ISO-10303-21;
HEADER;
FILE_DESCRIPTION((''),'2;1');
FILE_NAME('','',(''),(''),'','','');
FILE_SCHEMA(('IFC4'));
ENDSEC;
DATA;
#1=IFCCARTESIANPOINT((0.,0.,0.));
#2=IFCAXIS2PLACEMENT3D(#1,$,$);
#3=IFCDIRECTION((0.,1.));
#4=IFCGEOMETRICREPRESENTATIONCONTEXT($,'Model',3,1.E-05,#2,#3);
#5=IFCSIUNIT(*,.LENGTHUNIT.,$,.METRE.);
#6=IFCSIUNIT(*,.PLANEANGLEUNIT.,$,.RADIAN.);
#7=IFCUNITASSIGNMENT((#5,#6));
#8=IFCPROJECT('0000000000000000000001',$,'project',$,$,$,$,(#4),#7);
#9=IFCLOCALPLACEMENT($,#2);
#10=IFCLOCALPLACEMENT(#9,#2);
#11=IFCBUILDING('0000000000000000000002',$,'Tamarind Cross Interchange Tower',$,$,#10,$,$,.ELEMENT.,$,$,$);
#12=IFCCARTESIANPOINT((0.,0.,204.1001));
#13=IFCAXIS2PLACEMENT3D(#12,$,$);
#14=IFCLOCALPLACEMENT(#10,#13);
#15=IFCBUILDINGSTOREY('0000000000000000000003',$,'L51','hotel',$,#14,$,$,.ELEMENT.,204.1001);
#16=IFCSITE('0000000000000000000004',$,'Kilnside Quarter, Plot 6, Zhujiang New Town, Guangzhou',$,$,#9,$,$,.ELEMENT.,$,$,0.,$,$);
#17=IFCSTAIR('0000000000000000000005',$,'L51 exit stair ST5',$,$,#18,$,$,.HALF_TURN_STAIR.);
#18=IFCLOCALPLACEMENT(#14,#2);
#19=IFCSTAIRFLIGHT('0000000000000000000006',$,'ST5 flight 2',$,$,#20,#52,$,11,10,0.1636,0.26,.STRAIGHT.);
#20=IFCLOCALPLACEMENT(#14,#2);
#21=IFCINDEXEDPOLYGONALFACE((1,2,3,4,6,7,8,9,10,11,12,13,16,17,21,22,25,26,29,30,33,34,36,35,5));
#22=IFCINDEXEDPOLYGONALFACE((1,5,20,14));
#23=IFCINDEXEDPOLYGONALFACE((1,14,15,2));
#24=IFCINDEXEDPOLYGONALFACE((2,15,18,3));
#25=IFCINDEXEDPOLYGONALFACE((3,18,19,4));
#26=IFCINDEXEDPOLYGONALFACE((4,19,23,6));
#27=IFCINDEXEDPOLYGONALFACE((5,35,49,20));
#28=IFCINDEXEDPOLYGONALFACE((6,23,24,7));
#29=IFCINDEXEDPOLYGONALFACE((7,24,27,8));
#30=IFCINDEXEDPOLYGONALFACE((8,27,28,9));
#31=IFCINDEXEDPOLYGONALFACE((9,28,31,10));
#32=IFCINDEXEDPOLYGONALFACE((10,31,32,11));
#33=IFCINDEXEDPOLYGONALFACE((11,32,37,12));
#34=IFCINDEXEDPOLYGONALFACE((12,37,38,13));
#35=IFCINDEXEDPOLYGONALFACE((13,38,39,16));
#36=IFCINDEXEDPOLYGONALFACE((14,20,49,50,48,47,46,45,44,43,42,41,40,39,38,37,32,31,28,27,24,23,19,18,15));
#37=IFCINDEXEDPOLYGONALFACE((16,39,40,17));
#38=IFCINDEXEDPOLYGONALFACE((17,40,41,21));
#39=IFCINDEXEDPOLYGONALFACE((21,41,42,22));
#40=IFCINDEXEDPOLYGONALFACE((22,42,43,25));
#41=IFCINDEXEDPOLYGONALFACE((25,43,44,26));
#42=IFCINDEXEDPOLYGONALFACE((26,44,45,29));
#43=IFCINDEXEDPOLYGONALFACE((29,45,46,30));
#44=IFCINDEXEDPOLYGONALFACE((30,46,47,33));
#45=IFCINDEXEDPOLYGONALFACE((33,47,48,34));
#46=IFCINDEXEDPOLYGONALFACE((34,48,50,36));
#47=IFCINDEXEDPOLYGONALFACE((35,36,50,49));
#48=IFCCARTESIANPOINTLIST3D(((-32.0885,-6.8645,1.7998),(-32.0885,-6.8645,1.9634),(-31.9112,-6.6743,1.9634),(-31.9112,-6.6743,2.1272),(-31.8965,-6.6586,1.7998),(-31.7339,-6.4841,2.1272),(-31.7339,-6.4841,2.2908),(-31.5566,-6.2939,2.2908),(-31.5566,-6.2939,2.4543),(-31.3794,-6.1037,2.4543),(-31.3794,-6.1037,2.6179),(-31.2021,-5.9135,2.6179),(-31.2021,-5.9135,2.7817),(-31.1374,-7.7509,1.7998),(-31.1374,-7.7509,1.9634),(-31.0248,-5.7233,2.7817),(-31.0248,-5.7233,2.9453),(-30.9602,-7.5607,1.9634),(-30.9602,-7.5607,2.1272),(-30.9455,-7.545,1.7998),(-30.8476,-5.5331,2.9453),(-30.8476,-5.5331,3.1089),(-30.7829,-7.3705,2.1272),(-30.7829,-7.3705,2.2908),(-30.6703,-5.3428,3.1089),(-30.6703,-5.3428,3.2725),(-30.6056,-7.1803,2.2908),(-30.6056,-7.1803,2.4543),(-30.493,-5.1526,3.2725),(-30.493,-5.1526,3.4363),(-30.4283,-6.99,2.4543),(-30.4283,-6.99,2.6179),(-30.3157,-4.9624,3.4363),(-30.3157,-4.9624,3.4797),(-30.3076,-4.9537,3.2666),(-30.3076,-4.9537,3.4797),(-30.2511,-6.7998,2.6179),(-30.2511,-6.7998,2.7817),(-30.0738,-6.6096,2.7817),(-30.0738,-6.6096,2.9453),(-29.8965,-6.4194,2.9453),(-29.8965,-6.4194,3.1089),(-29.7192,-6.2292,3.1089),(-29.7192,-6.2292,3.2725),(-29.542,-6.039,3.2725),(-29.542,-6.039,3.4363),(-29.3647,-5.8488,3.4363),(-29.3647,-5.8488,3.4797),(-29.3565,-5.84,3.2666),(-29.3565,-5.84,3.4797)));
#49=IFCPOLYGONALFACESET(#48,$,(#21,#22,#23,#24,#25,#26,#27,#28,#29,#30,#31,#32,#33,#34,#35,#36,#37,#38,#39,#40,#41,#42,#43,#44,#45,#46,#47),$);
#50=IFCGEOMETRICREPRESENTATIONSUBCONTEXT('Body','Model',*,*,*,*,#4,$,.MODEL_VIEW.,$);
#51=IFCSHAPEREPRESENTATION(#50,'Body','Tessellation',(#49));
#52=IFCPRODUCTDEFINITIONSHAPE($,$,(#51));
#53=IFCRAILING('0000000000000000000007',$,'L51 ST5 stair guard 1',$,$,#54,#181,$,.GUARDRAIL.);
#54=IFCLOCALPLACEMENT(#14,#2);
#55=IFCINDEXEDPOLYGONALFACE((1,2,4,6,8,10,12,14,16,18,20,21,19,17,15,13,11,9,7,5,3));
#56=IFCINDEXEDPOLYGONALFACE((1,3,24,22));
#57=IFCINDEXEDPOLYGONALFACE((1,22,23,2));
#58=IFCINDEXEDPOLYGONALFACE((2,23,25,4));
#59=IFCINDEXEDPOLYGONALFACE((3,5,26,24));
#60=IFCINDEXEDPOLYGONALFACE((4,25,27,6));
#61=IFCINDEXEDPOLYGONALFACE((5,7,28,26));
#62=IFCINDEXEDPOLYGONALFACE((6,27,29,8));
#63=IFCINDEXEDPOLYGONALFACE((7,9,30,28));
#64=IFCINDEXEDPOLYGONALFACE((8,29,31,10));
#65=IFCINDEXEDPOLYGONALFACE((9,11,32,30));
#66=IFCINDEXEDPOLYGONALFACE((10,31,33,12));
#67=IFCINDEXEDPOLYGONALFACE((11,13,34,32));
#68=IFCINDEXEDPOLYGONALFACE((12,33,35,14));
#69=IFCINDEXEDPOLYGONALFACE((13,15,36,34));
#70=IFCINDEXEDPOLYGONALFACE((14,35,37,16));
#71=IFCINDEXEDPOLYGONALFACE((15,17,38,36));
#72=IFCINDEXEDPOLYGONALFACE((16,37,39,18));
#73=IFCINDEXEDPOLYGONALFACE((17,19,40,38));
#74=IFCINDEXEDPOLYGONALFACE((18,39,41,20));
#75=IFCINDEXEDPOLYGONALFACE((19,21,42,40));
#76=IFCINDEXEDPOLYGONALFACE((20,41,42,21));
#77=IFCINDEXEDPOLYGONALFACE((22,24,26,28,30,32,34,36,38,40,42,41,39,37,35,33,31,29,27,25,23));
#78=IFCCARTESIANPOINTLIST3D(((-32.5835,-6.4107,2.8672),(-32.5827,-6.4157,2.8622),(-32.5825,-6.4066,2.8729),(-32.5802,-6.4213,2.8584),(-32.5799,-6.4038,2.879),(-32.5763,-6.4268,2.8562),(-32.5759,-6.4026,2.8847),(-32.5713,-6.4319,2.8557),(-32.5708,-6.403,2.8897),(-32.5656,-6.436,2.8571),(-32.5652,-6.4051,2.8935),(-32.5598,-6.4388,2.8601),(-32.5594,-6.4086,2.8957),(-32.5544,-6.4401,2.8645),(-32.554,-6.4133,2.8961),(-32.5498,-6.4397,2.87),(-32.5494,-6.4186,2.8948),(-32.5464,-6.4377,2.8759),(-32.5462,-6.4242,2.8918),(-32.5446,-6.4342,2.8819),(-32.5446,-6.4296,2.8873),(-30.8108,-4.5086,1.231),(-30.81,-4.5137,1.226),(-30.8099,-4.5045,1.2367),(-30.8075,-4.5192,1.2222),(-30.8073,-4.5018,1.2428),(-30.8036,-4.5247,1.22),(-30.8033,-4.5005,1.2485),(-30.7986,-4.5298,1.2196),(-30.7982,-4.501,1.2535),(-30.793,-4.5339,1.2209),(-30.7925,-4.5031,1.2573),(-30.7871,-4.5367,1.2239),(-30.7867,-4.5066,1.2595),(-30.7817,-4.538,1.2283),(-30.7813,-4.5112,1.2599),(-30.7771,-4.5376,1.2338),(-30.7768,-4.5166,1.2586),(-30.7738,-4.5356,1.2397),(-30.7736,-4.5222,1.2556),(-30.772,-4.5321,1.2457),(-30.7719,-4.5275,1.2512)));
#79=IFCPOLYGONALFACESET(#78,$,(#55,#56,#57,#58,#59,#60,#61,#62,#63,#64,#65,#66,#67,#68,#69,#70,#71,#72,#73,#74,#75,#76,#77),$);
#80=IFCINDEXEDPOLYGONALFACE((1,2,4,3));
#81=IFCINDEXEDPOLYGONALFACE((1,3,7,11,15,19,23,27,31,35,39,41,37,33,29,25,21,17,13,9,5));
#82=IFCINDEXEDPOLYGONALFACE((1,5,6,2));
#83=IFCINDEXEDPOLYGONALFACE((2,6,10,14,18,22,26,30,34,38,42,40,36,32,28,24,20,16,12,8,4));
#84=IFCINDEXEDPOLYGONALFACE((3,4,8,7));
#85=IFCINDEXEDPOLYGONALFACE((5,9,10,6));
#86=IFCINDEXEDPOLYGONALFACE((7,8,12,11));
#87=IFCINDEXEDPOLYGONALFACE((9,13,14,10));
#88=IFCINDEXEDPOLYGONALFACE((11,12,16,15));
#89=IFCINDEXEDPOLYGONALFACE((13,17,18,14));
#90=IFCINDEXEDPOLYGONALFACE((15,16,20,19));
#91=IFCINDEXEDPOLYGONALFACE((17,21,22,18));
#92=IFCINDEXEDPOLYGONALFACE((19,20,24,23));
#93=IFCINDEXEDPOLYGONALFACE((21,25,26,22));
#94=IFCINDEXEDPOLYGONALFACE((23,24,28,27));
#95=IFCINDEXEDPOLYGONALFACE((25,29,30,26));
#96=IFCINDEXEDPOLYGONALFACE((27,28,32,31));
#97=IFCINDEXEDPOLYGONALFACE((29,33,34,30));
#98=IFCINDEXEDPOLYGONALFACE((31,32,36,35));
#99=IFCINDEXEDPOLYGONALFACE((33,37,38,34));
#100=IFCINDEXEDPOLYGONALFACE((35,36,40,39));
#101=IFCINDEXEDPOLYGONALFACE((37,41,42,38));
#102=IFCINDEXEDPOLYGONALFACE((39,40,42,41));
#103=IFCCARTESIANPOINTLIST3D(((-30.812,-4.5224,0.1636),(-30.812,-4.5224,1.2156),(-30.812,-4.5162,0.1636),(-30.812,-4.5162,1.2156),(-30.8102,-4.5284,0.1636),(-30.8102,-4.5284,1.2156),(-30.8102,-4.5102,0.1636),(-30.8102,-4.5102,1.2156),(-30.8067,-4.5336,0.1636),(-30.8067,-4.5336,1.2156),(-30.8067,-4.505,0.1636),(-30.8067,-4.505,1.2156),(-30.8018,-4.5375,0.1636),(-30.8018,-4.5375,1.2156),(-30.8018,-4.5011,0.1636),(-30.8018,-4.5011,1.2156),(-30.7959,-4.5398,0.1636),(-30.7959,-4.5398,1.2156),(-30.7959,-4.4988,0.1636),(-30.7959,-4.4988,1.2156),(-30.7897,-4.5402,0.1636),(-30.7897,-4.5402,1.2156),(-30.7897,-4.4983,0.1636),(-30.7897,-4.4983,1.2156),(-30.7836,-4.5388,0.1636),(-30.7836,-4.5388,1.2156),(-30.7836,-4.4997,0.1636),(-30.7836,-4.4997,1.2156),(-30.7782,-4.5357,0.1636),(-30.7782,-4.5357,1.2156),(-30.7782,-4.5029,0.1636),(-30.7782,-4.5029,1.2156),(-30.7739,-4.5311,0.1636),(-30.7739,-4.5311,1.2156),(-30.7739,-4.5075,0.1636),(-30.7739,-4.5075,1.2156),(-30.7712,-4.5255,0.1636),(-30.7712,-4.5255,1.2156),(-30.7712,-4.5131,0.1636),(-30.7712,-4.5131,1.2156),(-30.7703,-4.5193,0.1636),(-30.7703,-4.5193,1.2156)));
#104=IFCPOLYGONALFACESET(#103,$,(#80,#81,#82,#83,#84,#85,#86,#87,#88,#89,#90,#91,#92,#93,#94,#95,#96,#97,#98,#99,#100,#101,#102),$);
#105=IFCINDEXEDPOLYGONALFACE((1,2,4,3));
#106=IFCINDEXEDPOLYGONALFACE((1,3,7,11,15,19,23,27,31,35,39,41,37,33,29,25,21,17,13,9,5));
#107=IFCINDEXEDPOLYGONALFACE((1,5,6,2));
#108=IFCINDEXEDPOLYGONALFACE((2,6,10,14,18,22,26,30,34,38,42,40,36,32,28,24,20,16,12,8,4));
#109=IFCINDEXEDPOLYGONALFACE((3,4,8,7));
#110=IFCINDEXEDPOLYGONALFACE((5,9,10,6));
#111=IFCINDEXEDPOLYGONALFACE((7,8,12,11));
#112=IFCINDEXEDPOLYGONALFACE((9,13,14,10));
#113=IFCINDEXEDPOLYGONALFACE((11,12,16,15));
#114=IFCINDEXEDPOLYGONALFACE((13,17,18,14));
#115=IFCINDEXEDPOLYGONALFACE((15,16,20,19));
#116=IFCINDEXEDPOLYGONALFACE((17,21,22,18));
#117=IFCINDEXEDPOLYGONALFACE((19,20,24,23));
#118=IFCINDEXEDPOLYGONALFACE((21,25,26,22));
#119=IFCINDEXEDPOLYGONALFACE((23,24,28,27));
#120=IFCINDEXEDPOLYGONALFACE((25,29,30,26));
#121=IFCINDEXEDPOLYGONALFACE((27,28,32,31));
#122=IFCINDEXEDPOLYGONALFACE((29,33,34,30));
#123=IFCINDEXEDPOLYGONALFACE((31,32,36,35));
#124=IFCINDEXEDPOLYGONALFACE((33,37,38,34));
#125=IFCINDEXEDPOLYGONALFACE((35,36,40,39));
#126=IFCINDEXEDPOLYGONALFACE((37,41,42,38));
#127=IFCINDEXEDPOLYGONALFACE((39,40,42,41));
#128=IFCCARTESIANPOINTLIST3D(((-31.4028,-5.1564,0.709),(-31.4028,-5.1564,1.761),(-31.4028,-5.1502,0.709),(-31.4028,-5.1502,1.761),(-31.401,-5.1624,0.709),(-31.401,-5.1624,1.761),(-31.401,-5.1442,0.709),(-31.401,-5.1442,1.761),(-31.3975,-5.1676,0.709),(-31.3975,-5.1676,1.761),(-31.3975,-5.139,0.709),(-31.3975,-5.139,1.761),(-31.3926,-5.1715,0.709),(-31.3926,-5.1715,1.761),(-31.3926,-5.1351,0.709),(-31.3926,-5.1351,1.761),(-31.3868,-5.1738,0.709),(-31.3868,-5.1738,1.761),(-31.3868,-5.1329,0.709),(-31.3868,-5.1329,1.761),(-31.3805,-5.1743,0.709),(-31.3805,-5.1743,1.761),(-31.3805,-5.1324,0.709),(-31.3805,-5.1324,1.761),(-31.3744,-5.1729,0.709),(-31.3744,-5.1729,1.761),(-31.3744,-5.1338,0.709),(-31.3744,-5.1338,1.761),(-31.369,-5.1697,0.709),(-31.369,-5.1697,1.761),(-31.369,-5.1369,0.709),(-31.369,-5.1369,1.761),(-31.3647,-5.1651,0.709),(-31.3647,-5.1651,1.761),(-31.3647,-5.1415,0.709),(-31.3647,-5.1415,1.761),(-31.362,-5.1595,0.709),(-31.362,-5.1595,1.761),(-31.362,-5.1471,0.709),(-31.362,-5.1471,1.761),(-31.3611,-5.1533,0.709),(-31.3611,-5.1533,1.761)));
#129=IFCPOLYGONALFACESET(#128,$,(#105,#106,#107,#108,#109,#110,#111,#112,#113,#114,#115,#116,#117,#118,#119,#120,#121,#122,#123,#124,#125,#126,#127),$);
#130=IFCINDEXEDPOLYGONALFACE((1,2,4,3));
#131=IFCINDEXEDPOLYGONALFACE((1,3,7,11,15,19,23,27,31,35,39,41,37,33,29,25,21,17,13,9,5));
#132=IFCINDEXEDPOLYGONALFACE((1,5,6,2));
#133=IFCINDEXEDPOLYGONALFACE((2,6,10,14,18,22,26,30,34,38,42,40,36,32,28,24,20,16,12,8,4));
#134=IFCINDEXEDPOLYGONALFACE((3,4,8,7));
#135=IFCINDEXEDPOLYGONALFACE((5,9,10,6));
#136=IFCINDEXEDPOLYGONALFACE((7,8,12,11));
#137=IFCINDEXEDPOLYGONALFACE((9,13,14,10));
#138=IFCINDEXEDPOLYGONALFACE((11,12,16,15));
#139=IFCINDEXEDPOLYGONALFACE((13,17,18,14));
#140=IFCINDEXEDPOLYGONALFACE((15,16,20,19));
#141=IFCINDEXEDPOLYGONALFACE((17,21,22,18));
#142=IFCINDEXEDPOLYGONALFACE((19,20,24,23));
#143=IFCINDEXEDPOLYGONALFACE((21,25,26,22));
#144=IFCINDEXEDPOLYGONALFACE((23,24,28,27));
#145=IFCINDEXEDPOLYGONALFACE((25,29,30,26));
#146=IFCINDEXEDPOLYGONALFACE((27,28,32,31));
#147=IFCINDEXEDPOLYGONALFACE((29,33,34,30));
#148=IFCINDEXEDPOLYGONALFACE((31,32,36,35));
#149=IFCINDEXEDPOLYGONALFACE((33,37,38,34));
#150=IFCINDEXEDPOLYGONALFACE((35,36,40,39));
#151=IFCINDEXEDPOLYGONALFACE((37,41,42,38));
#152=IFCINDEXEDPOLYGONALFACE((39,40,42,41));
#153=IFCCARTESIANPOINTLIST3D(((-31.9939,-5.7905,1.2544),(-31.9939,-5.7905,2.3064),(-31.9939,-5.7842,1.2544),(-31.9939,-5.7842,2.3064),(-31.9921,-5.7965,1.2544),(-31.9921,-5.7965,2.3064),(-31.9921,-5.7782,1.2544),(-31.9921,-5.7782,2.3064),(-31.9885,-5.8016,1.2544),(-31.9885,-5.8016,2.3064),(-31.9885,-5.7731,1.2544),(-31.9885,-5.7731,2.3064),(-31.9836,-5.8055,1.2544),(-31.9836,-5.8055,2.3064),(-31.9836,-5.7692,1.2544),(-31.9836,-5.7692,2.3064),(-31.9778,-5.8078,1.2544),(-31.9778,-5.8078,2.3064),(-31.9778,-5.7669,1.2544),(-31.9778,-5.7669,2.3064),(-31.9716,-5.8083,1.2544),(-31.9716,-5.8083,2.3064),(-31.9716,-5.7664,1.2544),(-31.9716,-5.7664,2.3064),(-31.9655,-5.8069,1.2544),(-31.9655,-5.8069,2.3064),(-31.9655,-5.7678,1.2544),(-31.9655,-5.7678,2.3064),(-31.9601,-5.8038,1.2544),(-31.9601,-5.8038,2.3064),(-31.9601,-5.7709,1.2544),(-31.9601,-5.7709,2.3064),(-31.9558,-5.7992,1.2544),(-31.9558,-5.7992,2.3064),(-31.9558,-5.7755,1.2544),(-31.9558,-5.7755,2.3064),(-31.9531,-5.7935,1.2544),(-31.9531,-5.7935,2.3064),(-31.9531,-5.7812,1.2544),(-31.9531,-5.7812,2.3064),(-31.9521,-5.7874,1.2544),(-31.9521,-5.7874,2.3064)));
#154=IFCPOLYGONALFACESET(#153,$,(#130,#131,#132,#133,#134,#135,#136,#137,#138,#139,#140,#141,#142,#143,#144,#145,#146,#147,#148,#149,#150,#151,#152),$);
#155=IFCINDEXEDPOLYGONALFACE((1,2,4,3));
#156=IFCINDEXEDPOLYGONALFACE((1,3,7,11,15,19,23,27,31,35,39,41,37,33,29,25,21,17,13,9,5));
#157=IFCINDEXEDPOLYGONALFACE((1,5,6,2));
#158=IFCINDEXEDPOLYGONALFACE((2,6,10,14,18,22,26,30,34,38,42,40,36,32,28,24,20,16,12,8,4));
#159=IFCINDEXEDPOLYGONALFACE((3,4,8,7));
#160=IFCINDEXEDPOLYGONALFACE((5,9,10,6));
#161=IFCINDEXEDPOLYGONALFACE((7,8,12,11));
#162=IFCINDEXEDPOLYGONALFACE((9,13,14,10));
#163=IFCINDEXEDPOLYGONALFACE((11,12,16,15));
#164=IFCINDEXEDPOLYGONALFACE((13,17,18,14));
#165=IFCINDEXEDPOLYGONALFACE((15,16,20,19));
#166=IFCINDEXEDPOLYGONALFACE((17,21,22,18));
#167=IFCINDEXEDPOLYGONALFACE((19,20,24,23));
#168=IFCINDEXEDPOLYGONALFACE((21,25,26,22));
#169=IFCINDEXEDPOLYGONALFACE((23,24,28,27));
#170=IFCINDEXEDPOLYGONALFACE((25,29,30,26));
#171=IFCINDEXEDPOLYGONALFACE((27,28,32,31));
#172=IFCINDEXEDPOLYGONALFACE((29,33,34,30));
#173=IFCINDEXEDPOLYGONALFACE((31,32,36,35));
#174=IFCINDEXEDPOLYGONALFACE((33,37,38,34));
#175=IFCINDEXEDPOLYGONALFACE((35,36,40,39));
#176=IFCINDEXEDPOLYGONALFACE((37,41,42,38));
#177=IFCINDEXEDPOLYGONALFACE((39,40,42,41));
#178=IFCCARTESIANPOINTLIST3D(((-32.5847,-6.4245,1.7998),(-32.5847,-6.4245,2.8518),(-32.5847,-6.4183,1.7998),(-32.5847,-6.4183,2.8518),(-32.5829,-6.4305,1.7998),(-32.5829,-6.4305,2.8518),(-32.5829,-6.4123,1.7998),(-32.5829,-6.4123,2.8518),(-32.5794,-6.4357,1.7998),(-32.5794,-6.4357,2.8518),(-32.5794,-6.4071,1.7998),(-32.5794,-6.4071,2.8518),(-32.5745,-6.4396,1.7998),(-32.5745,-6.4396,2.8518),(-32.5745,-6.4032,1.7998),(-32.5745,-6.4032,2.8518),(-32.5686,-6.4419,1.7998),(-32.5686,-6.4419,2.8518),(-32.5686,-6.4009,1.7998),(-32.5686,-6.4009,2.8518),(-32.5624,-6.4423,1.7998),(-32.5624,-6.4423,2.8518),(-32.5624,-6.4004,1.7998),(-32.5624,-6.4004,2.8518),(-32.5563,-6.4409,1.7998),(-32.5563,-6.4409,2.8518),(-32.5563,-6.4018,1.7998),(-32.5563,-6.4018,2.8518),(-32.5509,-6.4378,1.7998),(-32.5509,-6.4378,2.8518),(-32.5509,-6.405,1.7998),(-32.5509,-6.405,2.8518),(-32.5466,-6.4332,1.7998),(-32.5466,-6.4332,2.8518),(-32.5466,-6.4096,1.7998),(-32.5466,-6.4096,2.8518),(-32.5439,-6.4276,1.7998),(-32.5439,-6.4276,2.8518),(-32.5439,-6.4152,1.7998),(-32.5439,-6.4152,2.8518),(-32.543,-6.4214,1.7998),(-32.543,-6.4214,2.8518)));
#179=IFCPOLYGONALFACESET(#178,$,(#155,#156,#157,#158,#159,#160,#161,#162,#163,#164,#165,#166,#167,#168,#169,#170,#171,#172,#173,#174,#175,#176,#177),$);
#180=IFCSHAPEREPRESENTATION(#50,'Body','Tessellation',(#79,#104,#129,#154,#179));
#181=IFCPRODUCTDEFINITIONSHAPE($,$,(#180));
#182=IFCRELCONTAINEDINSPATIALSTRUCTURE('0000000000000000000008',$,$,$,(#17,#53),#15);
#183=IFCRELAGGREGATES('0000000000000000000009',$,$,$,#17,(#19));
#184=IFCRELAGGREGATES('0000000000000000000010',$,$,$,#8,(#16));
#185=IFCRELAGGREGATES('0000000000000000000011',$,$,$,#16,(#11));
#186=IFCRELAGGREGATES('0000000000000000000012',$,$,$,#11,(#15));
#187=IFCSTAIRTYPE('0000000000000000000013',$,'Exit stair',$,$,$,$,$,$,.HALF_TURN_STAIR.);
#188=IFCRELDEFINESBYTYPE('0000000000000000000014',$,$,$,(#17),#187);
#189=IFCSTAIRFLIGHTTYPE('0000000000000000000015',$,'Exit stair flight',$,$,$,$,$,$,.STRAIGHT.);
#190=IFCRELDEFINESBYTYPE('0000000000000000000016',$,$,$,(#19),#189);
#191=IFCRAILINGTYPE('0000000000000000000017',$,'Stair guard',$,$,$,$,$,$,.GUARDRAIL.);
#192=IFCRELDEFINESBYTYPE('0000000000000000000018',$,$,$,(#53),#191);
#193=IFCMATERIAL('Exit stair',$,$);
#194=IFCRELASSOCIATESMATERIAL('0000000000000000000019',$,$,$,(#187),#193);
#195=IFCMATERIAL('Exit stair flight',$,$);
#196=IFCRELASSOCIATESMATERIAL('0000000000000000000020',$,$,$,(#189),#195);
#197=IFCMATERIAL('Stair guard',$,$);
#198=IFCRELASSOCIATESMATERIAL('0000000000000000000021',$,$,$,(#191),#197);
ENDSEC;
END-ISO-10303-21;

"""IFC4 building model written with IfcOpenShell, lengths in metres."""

from ifc_helpers import new_model, si_unit, direction, frame, origin, origin_2d, place, context, subcontext, project, spatial, polyline, circle, outline, extrude, material, type_object, element, aggregate, save


model = new_model("IFC4")

# Units and contexts
model_context = context("Model", 3, precision=1e-05, world=origin(), true_north=direction((0.0, 1.0)))
body_context = subcontext(model_context, "Body", "Model", "MODEL_VIEW")
ifc_project = project(units=[si_unit("LENGTHUNIT", "METRE"), si_unit("PLANEANGLEUNIT", "RADIAN")], contexts=[model_context])

# Site, building, storey
site_placement = place(None, origin())
site = spatial("IfcSite", under=ifc_project, at=site_placement, Name="Kilnside Quarter, Plot 6, Zhujiang New Town, Guangzhou", CompositionType="ELEMENT", RefElevation=0.0)
building_placement = place(site_placement, origin())
building = spatial("IfcBuilding", under=site, at=building_placement, Name="Tamarind Cross Interchange Tower", CompositionType="ELEMENT")
storey_placement = place(building_placement, frame((0.0, 0.0, 204.1001)))
storey = spatial("IfcBuildingStorey", under=building, at=storey_placement, Name="L51", Description="hotel", CompositionType="ELEMENT", Elevation=204.1001)

# Stair, stair flight
ifc_material_1 = material(Name="Exit stair")
stair_type = type_object("IfcStairType", Name="Exit stair", PredefinedType="HALF_TURN_STAIR", material=ifc_material_1)
stair_placement = place(storey_placement, origin())
stair = element("IfcStair", 1, at=stair_placement, inside=storey, type_object=stair_type, Name="L51 exit stair ST5", PredefinedType="HALF_TURN_STAIR")
ifc_material_2 = material(Name="Exit stair flight")
stair_flight_type = type_object("IfcStairFlightType", Name="Exit stair flight", PredefinedType="STRAIGHT", material=ifc_material_2)
stair_flight_1_placement = place(storey_placement, frame((-31.613, -7.3076, 1.7998), z_axis=(0.0, 0.0, 1.0), x_axis=(0.681794, 0.731544, 0.0)))
stair_flight_1 = element("IfcStairFlight", 2, at=stair_flight_1_placement, type_object=stair_flight_type, Name="ST5 flight 2", NumberOfRisers=11, NumberOfTreads=10, PredefinedType="STRAIGHT", RiserHeight=0.1636, TreadLength=0.26, context=body_context, shape_type="SweptSolid", body=[
    extrude(outline(polyline([(0.0, 0.0), (0.0, 0.1636), (0.26, 0.1636), (0.26, 0.3274), (0.52, 0.3274), (0.52, 0.491), (0.78, 0.491), (0.78, 0.6545), (1.04, 0.6545), (1.04, 0.8181), (1.3, 0.8181), (1.3, 0.9819), (1.5601, 0.9819), (1.5601, 1.1455), (1.8201, 1.1455), (1.8201, 1.3091), (2.0801, 1.3091), (2.0801, 1.4727), (2.3401, 1.4727), (2.3401, 1.6365), (2.6001, 1.6365), (2.6001, 1.6799), (2.6121, 1.6799), (2.6121, 1.4668), (0.2815, 0.0), (0.0, 0.0)])), frame((0.0, 0.6499, 0.0), z_axis=(0.0, -1.0, 0.0), x_axis=(1.0, 0.0, 0.0)), (0.0, 0.0, 1.0), 1.3),
])
aggregate(stair, [stair_flight_1])

# Railing
ifc_material_3 = material(Name="Stair guard")
railing_type_1 = type_object("IfcRailingType", Name="Stair guard", PredefinedType="GUARDRAIL", material=ifc_material_3)
railing_1_placement = place(storey_placement, frame((-30.7913, -4.5193, 0.1636)))
element("IfcRailing", 3, at=railing_1_placement, inside=storey, type_object=railing_type_1, Name="L51 ST5 stair guard 1", PredefinedType="GUARDRAIL", context=body_context, shape_type="SweptSolid", body=[
    extrude(circle(Radius=0.0239, at=origin_2d()), frame((0.0, 0.0, 1.0762), z_axis=(-0.577036, -0.619156, 0.532612), x_axis=(0.731552, -0.681786, 0.0)), (0.0, 0.0, 1.0), 3.072),
    extrude(circle(Radius=0.021, at=origin_2d()), origin(), (0.0, 0.0, 1.0), 1.052),
    extrude(circle(Radius=0.021, at=origin_2d()), frame((-0.5908, -0.634, 0.5454)), (0.0, 0.0, 1.0), 1.052),
    extrude(circle(Radius=0.021, at=origin_2d()), frame((-1.1819, -1.2681, 1.0908)), (0.0, 0.0, 1.0), 1.052),
    extrude(circle(Radius=0.021, at=origin_2d()), frame((-1.7727, -1.9021, 1.6362)), (0.0, 0.0, 1.0), 1.052),
])

save(model, "model.ifc")
